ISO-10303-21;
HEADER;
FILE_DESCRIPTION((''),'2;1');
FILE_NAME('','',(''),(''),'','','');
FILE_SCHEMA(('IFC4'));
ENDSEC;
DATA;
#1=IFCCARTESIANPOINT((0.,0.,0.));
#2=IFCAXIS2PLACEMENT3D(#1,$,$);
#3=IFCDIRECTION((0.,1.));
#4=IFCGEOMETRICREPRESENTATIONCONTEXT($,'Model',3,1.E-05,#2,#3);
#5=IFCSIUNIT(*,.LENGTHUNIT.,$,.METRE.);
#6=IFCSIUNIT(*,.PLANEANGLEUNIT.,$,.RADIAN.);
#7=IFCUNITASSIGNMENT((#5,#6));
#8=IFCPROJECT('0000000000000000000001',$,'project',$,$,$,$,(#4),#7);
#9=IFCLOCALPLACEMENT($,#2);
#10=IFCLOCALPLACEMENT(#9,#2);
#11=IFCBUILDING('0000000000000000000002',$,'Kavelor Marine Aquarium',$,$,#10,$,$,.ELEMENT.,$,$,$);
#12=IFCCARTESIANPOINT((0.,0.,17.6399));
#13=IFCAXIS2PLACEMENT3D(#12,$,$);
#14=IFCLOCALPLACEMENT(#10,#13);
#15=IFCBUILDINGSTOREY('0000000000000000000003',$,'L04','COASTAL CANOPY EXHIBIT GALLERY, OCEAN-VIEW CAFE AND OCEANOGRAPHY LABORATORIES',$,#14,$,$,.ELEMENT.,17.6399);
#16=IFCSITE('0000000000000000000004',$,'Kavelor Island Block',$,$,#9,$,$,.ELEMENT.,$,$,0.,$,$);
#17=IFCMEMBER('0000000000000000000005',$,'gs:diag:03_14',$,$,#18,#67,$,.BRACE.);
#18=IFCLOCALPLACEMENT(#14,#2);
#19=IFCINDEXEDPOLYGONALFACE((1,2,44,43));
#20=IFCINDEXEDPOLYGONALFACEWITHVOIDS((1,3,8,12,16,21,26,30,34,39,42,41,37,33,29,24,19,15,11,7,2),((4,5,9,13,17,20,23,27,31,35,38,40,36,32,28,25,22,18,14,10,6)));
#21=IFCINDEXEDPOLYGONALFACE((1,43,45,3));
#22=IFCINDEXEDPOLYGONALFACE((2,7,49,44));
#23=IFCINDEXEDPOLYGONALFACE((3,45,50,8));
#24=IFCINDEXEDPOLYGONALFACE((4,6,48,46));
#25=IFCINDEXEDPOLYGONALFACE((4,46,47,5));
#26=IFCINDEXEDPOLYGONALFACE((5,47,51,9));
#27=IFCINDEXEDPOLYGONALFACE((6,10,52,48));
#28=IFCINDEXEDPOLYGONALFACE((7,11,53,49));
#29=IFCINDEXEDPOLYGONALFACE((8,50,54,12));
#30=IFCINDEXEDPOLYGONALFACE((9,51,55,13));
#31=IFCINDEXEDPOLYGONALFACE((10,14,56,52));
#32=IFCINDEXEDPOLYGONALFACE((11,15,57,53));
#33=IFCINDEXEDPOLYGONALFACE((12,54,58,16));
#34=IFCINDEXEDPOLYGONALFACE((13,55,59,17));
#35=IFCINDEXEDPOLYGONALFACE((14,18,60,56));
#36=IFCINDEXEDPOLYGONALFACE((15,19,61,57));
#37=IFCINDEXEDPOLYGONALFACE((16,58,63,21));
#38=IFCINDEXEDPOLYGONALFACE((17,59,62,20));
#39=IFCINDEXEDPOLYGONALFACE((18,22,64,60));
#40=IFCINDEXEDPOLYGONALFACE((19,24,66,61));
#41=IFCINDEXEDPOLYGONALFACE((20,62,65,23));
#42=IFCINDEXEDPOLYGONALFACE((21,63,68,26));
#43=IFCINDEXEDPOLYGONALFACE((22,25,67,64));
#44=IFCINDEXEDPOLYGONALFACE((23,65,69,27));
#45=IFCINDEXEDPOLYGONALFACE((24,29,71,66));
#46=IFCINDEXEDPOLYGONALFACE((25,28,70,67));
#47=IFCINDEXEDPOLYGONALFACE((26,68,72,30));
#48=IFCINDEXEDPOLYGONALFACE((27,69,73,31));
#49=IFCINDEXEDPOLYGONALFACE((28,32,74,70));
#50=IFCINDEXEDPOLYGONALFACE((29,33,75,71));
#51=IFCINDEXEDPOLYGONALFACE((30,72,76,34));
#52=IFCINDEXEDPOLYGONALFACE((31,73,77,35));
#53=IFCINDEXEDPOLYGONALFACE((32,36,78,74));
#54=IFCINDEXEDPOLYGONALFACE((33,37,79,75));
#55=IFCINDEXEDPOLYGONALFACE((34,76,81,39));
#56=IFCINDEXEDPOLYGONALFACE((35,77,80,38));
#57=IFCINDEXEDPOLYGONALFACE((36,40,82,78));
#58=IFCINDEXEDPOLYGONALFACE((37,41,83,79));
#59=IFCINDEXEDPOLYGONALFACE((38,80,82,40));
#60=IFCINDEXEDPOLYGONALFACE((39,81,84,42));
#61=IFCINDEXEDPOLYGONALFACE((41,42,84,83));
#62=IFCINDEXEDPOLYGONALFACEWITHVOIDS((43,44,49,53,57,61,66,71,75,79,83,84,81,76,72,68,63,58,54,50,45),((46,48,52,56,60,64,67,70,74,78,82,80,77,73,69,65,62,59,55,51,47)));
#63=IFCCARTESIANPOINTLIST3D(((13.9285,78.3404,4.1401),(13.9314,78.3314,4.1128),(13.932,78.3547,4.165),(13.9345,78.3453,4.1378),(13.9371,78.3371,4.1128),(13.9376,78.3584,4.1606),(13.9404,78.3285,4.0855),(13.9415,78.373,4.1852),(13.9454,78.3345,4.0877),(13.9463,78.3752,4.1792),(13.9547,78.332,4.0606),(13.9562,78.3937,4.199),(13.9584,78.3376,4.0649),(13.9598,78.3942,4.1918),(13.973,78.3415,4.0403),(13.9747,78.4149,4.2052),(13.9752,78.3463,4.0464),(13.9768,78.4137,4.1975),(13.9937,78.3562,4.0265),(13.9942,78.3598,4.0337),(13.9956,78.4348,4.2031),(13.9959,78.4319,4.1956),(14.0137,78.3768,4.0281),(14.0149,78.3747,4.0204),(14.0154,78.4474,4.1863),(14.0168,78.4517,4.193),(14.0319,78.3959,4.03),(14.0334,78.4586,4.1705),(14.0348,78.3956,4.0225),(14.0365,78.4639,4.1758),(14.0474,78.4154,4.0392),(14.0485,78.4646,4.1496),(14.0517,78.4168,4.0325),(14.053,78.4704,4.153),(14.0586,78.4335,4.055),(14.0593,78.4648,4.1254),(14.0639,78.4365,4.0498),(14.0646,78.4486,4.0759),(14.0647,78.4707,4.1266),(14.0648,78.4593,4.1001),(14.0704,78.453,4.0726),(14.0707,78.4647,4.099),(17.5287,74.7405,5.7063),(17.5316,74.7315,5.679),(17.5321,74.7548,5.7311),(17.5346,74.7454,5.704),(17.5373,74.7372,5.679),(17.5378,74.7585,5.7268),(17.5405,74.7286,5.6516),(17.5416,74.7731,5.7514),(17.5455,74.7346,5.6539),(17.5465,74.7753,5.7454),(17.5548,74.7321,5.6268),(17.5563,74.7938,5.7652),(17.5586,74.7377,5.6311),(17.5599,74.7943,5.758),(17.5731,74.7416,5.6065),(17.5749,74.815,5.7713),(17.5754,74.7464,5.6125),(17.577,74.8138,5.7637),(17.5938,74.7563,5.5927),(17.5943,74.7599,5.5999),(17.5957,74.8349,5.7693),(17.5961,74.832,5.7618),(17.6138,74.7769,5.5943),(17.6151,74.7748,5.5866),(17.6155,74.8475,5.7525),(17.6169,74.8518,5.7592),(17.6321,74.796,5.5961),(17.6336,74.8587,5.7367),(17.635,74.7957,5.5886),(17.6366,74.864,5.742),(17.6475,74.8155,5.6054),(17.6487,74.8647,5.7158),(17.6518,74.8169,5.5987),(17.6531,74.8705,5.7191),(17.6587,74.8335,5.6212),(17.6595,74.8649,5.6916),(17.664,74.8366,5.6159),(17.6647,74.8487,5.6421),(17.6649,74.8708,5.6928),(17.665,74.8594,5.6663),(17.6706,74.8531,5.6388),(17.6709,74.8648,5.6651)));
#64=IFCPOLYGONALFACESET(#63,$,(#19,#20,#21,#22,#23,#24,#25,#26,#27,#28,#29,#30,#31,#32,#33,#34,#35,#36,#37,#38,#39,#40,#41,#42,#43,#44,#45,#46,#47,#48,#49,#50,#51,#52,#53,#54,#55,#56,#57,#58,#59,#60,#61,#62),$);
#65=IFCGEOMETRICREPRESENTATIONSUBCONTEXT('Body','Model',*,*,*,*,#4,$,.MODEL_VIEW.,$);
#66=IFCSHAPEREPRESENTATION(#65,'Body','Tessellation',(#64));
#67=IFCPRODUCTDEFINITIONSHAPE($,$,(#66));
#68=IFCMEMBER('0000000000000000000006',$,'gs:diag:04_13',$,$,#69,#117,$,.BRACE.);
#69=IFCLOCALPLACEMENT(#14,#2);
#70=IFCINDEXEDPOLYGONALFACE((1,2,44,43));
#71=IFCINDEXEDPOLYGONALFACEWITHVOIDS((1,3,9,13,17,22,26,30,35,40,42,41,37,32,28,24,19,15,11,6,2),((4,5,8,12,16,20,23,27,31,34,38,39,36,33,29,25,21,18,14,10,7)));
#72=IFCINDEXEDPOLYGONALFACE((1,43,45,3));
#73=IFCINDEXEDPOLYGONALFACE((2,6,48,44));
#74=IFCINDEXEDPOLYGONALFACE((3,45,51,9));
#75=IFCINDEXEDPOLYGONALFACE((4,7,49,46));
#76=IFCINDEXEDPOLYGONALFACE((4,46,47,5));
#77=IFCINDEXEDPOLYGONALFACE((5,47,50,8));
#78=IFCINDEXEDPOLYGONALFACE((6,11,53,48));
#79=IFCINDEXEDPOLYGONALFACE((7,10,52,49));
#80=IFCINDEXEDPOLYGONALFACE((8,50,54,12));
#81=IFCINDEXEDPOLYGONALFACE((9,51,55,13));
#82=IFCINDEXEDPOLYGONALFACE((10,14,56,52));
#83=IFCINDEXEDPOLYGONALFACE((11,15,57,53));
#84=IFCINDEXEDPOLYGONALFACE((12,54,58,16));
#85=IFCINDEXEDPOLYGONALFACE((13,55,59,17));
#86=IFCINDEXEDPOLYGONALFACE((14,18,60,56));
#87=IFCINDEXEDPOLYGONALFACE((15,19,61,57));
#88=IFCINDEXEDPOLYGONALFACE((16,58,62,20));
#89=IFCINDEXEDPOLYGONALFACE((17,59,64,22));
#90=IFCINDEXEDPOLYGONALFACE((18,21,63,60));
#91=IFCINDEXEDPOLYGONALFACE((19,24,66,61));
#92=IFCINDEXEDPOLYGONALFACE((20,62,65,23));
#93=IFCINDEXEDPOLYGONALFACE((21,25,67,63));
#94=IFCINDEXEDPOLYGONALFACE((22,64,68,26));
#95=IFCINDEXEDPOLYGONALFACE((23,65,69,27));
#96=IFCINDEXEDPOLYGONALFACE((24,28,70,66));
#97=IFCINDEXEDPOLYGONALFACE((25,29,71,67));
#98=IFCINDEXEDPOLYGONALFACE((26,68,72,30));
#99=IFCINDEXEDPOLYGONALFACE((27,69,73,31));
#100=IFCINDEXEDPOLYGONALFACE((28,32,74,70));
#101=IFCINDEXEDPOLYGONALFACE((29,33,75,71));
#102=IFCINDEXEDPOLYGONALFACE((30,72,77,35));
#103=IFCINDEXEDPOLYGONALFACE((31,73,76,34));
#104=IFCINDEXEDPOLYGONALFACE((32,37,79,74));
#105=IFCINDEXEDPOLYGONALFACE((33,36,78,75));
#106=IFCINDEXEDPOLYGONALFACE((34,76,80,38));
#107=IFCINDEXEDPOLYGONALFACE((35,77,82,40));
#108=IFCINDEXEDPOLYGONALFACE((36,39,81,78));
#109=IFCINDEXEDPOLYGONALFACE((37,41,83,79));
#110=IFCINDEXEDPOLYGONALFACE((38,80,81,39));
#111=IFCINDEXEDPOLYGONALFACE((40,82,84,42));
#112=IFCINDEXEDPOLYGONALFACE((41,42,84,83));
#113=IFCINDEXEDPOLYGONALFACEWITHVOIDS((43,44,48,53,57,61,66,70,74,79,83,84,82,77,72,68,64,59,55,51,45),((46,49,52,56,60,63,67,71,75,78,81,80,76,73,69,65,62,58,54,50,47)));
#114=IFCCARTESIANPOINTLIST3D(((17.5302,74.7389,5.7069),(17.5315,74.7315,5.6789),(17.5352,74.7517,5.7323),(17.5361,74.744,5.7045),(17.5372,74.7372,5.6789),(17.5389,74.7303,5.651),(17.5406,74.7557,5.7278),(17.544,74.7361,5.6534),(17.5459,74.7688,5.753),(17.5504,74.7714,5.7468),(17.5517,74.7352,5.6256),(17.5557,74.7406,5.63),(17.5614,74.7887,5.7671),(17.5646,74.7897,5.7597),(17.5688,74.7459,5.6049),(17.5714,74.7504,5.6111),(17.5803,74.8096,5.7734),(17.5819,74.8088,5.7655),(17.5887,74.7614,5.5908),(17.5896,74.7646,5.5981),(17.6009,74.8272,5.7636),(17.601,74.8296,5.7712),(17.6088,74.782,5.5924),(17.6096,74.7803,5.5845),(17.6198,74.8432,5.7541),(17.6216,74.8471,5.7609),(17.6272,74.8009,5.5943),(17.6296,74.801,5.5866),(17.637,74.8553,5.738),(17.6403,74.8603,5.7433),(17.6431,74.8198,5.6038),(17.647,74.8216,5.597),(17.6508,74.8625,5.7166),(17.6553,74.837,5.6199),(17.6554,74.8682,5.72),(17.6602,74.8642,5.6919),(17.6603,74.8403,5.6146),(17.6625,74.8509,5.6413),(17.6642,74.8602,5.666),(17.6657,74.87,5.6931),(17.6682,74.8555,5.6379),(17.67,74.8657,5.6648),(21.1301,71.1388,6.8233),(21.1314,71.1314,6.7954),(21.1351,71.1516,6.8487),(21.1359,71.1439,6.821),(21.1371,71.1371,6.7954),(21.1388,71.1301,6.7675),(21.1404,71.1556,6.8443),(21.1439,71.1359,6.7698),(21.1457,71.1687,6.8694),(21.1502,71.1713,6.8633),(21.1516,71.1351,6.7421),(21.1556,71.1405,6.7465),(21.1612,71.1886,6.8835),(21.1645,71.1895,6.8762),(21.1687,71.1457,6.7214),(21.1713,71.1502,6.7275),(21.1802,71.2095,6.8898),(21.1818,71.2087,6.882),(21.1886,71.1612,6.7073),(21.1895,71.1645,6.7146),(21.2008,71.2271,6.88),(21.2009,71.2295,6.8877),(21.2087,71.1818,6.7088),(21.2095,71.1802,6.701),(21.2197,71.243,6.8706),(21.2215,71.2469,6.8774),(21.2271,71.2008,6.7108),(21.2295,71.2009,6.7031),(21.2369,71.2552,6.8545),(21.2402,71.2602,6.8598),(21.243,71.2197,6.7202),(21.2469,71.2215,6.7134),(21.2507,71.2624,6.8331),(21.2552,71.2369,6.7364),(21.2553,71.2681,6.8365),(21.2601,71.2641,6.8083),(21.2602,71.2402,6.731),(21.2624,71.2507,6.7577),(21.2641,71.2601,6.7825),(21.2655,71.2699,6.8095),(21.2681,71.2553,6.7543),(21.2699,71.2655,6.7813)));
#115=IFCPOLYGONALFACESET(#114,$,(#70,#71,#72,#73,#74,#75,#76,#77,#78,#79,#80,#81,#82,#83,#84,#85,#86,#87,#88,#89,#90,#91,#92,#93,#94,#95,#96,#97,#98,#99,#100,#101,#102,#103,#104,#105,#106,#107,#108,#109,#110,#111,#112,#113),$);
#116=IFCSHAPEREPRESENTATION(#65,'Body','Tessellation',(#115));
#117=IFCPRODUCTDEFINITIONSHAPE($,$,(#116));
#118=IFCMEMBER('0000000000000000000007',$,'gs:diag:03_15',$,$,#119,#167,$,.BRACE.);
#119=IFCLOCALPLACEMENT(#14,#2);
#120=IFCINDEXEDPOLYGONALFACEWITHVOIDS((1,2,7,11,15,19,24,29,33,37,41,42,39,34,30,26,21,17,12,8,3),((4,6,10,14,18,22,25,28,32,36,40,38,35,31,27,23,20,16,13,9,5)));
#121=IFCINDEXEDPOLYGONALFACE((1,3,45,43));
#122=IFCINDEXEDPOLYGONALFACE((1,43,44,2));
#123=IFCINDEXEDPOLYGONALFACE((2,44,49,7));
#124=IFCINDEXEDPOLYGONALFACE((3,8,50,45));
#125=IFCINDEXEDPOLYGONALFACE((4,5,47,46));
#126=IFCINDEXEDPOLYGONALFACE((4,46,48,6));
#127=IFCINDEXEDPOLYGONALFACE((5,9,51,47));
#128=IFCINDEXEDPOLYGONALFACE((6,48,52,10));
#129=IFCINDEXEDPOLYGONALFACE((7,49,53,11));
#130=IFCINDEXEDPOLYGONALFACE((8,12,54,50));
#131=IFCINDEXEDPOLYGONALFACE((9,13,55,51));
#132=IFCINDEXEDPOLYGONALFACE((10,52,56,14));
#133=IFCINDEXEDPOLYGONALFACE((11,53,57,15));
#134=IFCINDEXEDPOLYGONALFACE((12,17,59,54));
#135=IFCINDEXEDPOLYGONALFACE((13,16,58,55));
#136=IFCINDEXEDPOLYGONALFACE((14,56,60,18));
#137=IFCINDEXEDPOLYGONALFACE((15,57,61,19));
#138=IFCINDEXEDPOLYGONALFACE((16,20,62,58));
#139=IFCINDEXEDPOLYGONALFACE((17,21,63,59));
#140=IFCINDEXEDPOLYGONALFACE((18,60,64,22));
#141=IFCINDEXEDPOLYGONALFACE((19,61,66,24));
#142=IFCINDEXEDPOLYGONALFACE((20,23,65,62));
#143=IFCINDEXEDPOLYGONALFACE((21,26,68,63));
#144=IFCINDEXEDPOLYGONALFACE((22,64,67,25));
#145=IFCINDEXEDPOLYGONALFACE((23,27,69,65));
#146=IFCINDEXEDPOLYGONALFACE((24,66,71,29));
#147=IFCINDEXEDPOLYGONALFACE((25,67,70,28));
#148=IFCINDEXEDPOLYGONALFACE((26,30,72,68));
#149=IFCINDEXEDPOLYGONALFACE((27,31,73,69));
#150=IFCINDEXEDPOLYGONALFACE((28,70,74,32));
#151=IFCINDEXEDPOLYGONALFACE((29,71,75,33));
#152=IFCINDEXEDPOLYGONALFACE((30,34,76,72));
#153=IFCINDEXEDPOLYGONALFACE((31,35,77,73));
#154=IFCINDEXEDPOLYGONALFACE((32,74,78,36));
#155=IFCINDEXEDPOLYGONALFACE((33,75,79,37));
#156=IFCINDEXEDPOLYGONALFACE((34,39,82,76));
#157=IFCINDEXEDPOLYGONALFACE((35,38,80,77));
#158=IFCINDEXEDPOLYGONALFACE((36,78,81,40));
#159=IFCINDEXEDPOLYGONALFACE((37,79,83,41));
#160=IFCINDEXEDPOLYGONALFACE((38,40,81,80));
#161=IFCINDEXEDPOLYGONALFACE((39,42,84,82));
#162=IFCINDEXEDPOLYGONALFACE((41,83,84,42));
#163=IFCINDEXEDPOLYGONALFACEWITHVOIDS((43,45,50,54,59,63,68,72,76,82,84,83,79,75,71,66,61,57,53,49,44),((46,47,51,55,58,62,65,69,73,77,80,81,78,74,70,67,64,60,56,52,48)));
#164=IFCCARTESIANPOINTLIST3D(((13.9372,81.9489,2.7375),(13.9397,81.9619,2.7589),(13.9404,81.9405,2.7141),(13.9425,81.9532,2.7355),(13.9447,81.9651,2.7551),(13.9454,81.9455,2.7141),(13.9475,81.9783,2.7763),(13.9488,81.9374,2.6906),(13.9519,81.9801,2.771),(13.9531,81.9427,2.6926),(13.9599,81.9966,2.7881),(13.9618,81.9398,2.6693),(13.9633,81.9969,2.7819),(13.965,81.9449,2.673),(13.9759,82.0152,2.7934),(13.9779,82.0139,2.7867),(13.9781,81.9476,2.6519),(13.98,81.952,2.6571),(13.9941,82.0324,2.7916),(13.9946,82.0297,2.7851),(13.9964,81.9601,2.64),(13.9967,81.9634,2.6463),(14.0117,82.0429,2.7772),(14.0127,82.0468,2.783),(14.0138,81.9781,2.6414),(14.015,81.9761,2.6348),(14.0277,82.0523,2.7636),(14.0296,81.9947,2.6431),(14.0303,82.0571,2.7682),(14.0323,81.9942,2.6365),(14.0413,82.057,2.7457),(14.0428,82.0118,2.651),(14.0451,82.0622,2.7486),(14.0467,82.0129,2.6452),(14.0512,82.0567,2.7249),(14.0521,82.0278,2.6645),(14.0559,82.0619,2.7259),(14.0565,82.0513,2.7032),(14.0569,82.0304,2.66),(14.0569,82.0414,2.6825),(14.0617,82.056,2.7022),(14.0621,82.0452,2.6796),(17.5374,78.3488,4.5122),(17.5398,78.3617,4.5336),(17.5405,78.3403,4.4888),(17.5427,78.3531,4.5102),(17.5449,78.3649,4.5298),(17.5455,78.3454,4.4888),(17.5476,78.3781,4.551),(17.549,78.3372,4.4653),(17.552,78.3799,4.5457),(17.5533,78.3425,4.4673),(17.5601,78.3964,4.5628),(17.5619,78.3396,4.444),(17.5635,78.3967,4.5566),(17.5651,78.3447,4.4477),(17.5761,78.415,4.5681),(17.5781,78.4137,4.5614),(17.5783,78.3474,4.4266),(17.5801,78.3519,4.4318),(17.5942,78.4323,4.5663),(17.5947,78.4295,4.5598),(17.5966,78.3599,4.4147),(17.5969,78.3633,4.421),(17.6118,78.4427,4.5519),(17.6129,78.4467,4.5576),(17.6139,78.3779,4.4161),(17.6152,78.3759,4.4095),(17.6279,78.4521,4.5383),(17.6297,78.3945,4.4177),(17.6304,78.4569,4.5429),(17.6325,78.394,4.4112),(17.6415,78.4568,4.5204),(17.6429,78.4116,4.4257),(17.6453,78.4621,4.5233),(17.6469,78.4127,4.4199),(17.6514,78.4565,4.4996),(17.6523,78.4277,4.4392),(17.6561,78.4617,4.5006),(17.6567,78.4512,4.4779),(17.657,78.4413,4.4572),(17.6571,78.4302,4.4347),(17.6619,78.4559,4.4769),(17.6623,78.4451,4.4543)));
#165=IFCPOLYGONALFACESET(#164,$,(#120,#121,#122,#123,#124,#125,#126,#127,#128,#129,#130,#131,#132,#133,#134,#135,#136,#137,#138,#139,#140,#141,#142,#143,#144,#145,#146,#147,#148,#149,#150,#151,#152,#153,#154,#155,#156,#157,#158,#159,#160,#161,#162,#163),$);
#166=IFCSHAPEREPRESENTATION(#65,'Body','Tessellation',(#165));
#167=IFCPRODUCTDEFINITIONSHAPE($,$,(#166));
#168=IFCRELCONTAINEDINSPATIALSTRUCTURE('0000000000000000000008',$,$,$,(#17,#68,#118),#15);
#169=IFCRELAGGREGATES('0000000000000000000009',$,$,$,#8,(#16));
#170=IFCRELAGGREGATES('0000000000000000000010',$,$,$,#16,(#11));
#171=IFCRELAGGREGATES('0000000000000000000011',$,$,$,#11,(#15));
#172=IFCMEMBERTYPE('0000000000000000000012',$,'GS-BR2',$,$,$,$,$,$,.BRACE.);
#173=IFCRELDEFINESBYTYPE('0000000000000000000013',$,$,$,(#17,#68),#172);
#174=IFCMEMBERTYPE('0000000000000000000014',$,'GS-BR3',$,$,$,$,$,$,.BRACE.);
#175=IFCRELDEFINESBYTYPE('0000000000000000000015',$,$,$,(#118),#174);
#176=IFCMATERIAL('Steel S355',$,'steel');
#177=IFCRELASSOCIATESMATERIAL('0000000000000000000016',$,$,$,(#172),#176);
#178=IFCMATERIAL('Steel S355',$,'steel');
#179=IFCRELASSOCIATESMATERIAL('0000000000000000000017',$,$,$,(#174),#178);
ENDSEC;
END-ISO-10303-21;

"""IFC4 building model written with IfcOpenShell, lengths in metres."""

from ifc_helpers import new_model, si_unit, direction, frame, origin, origin_2d, place, context, subcontext, project, spatial, hollow_circle, extrude, material, material_profile, profile_set, type_object, element, save


model = new_model("IFC4")

# Units and contexts
model_context = context("Model", 3, precision=1e-05, world=origin(), true_north=direction((0.0, 1.0)))
body_context = subcontext(model_context, "Body", "Model", "MODEL_VIEW")
ifc_project = project(units=[si_unit("LENGTHUNIT", "METRE"), si_unit("PLANEANGLEUNIT", "RADIAN")], contexts=[model_context])

# Site, building, storey
site_placement = place(None, origin())
site = spatial("IfcSite", under=ifc_project, at=site_placement, Name="Kavelor Island Block", CompositionType="ELEMENT", RefElevation=0.0)
building_placement = place(site_placement, origin())
building = spatial("IfcBuilding", under=site, at=building_placement, Name="Kavelor Marine Aquarium", CompositionType="ELEMENT")
storey_placement = place(building_placement, frame((0.0, 0.0, 17.6399)))
storey = spatial("IfcBuildingStorey", under=building, at=storey_placement, Name="L04", Description="COASTAL CANOPY EXHIBIT GALLERY, OCEAN-VIEW CAFE AND OCEANOGRAPHY LABORATORIES", CompositionType="ELEMENT", Elevation=17.6399)

# Members
ifc_material_1 = material(Name="Steel S355", Category="steel")
ifc_material_profile_1 = material_profile(ifc_material_1, hollow_circle(Radius=0.0969, WallThickness=0.0081, at=origin_2d()), Name="CHS 193.7x8.0")
ifc_profile_set_1 = profile_set([ifc_material_profile_1], Name="Steel S355")
member_type_1 = type_object("IfcMemberType", Name="GS-BR2", PredefinedType="BRACE", material=ifc_profile_set_1)
member_1_placement = place(storey_placement, frame((17.6001, 74.8, 5.679), z_axis=(-0.675873, 0.675828, -0.294027), x_axis=(-0.707083, -0.707131, 0.0)))
element("IfcMember", 1, at=member_1_placement, inside=storey, type_object=member_type_1, Name="gs:diag:03_14", PredefinedType="BRACE", context=body_context, shape_type="SweptSolid", body=[
    extrude(hollow_circle(Radius=0.0969, WallThickness=0.0081, at=origin_2d()), origin(), (0.0, 0.0, 1.0), 5.3267),
])
member_2_placement = place(storey_placement, frame((21.2, 71.2, 6.7954), z_axis=(-0.690671, 0.690718, -0.214204), x_axis=(-0.707131, -0.707083, 0.0)))
element("IfcMember", 2, at=member_2_placement, inside=storey, type_object=member_type_1, Name="gs:diag:04_13", PredefinedType="BRACE", context=body_context, shape_type="SweptSolid", body=[
    extrude(hollow_circle(Radius=0.0969, WallThickness=0.0081, at=origin_2d()), origin(), (0.0, 0.0, 1.0), 5.2122),
])
ifc_material_2 = material(Name="Steel S355", Category="steel")
ifc_material_profile_2 = material_profile(ifc_material_2, hollow_circle(Radius=0.0842, WallThickness=0.0071, at=origin_2d()), Name="CHS 168.3x7.1")
ifc_profile_set_2 = profile_set([ifc_material_profile_2], Name="Steel S355")
member_type_2 = type_object("IfcMemberType", Name="GS-BR3", PredefinedType="BRACE", material=ifc_profile_set_2)
member_3_placement = place(storey_placement, frame((17.6001, 78.3999, 4.4888), z_axis=(-0.667707, 0.667707, -0.329144), x_axis=(-0.707107, -0.707107, 0.0)))
element("IfcMember", 3, at=member_3_placement, inside=storey, type_object=member_type_2, Name="gs:diag:03_15", PredefinedType="BRACE", context=body_context, shape_type="SweptSolid", body=[
    extrude(hollow_circle(Radius=0.0842, WallThickness=0.0071, at=origin_2d()), origin(), (0.0, 0.0, 1.0), 5.3918),
])

save(model, "model.ifc")
